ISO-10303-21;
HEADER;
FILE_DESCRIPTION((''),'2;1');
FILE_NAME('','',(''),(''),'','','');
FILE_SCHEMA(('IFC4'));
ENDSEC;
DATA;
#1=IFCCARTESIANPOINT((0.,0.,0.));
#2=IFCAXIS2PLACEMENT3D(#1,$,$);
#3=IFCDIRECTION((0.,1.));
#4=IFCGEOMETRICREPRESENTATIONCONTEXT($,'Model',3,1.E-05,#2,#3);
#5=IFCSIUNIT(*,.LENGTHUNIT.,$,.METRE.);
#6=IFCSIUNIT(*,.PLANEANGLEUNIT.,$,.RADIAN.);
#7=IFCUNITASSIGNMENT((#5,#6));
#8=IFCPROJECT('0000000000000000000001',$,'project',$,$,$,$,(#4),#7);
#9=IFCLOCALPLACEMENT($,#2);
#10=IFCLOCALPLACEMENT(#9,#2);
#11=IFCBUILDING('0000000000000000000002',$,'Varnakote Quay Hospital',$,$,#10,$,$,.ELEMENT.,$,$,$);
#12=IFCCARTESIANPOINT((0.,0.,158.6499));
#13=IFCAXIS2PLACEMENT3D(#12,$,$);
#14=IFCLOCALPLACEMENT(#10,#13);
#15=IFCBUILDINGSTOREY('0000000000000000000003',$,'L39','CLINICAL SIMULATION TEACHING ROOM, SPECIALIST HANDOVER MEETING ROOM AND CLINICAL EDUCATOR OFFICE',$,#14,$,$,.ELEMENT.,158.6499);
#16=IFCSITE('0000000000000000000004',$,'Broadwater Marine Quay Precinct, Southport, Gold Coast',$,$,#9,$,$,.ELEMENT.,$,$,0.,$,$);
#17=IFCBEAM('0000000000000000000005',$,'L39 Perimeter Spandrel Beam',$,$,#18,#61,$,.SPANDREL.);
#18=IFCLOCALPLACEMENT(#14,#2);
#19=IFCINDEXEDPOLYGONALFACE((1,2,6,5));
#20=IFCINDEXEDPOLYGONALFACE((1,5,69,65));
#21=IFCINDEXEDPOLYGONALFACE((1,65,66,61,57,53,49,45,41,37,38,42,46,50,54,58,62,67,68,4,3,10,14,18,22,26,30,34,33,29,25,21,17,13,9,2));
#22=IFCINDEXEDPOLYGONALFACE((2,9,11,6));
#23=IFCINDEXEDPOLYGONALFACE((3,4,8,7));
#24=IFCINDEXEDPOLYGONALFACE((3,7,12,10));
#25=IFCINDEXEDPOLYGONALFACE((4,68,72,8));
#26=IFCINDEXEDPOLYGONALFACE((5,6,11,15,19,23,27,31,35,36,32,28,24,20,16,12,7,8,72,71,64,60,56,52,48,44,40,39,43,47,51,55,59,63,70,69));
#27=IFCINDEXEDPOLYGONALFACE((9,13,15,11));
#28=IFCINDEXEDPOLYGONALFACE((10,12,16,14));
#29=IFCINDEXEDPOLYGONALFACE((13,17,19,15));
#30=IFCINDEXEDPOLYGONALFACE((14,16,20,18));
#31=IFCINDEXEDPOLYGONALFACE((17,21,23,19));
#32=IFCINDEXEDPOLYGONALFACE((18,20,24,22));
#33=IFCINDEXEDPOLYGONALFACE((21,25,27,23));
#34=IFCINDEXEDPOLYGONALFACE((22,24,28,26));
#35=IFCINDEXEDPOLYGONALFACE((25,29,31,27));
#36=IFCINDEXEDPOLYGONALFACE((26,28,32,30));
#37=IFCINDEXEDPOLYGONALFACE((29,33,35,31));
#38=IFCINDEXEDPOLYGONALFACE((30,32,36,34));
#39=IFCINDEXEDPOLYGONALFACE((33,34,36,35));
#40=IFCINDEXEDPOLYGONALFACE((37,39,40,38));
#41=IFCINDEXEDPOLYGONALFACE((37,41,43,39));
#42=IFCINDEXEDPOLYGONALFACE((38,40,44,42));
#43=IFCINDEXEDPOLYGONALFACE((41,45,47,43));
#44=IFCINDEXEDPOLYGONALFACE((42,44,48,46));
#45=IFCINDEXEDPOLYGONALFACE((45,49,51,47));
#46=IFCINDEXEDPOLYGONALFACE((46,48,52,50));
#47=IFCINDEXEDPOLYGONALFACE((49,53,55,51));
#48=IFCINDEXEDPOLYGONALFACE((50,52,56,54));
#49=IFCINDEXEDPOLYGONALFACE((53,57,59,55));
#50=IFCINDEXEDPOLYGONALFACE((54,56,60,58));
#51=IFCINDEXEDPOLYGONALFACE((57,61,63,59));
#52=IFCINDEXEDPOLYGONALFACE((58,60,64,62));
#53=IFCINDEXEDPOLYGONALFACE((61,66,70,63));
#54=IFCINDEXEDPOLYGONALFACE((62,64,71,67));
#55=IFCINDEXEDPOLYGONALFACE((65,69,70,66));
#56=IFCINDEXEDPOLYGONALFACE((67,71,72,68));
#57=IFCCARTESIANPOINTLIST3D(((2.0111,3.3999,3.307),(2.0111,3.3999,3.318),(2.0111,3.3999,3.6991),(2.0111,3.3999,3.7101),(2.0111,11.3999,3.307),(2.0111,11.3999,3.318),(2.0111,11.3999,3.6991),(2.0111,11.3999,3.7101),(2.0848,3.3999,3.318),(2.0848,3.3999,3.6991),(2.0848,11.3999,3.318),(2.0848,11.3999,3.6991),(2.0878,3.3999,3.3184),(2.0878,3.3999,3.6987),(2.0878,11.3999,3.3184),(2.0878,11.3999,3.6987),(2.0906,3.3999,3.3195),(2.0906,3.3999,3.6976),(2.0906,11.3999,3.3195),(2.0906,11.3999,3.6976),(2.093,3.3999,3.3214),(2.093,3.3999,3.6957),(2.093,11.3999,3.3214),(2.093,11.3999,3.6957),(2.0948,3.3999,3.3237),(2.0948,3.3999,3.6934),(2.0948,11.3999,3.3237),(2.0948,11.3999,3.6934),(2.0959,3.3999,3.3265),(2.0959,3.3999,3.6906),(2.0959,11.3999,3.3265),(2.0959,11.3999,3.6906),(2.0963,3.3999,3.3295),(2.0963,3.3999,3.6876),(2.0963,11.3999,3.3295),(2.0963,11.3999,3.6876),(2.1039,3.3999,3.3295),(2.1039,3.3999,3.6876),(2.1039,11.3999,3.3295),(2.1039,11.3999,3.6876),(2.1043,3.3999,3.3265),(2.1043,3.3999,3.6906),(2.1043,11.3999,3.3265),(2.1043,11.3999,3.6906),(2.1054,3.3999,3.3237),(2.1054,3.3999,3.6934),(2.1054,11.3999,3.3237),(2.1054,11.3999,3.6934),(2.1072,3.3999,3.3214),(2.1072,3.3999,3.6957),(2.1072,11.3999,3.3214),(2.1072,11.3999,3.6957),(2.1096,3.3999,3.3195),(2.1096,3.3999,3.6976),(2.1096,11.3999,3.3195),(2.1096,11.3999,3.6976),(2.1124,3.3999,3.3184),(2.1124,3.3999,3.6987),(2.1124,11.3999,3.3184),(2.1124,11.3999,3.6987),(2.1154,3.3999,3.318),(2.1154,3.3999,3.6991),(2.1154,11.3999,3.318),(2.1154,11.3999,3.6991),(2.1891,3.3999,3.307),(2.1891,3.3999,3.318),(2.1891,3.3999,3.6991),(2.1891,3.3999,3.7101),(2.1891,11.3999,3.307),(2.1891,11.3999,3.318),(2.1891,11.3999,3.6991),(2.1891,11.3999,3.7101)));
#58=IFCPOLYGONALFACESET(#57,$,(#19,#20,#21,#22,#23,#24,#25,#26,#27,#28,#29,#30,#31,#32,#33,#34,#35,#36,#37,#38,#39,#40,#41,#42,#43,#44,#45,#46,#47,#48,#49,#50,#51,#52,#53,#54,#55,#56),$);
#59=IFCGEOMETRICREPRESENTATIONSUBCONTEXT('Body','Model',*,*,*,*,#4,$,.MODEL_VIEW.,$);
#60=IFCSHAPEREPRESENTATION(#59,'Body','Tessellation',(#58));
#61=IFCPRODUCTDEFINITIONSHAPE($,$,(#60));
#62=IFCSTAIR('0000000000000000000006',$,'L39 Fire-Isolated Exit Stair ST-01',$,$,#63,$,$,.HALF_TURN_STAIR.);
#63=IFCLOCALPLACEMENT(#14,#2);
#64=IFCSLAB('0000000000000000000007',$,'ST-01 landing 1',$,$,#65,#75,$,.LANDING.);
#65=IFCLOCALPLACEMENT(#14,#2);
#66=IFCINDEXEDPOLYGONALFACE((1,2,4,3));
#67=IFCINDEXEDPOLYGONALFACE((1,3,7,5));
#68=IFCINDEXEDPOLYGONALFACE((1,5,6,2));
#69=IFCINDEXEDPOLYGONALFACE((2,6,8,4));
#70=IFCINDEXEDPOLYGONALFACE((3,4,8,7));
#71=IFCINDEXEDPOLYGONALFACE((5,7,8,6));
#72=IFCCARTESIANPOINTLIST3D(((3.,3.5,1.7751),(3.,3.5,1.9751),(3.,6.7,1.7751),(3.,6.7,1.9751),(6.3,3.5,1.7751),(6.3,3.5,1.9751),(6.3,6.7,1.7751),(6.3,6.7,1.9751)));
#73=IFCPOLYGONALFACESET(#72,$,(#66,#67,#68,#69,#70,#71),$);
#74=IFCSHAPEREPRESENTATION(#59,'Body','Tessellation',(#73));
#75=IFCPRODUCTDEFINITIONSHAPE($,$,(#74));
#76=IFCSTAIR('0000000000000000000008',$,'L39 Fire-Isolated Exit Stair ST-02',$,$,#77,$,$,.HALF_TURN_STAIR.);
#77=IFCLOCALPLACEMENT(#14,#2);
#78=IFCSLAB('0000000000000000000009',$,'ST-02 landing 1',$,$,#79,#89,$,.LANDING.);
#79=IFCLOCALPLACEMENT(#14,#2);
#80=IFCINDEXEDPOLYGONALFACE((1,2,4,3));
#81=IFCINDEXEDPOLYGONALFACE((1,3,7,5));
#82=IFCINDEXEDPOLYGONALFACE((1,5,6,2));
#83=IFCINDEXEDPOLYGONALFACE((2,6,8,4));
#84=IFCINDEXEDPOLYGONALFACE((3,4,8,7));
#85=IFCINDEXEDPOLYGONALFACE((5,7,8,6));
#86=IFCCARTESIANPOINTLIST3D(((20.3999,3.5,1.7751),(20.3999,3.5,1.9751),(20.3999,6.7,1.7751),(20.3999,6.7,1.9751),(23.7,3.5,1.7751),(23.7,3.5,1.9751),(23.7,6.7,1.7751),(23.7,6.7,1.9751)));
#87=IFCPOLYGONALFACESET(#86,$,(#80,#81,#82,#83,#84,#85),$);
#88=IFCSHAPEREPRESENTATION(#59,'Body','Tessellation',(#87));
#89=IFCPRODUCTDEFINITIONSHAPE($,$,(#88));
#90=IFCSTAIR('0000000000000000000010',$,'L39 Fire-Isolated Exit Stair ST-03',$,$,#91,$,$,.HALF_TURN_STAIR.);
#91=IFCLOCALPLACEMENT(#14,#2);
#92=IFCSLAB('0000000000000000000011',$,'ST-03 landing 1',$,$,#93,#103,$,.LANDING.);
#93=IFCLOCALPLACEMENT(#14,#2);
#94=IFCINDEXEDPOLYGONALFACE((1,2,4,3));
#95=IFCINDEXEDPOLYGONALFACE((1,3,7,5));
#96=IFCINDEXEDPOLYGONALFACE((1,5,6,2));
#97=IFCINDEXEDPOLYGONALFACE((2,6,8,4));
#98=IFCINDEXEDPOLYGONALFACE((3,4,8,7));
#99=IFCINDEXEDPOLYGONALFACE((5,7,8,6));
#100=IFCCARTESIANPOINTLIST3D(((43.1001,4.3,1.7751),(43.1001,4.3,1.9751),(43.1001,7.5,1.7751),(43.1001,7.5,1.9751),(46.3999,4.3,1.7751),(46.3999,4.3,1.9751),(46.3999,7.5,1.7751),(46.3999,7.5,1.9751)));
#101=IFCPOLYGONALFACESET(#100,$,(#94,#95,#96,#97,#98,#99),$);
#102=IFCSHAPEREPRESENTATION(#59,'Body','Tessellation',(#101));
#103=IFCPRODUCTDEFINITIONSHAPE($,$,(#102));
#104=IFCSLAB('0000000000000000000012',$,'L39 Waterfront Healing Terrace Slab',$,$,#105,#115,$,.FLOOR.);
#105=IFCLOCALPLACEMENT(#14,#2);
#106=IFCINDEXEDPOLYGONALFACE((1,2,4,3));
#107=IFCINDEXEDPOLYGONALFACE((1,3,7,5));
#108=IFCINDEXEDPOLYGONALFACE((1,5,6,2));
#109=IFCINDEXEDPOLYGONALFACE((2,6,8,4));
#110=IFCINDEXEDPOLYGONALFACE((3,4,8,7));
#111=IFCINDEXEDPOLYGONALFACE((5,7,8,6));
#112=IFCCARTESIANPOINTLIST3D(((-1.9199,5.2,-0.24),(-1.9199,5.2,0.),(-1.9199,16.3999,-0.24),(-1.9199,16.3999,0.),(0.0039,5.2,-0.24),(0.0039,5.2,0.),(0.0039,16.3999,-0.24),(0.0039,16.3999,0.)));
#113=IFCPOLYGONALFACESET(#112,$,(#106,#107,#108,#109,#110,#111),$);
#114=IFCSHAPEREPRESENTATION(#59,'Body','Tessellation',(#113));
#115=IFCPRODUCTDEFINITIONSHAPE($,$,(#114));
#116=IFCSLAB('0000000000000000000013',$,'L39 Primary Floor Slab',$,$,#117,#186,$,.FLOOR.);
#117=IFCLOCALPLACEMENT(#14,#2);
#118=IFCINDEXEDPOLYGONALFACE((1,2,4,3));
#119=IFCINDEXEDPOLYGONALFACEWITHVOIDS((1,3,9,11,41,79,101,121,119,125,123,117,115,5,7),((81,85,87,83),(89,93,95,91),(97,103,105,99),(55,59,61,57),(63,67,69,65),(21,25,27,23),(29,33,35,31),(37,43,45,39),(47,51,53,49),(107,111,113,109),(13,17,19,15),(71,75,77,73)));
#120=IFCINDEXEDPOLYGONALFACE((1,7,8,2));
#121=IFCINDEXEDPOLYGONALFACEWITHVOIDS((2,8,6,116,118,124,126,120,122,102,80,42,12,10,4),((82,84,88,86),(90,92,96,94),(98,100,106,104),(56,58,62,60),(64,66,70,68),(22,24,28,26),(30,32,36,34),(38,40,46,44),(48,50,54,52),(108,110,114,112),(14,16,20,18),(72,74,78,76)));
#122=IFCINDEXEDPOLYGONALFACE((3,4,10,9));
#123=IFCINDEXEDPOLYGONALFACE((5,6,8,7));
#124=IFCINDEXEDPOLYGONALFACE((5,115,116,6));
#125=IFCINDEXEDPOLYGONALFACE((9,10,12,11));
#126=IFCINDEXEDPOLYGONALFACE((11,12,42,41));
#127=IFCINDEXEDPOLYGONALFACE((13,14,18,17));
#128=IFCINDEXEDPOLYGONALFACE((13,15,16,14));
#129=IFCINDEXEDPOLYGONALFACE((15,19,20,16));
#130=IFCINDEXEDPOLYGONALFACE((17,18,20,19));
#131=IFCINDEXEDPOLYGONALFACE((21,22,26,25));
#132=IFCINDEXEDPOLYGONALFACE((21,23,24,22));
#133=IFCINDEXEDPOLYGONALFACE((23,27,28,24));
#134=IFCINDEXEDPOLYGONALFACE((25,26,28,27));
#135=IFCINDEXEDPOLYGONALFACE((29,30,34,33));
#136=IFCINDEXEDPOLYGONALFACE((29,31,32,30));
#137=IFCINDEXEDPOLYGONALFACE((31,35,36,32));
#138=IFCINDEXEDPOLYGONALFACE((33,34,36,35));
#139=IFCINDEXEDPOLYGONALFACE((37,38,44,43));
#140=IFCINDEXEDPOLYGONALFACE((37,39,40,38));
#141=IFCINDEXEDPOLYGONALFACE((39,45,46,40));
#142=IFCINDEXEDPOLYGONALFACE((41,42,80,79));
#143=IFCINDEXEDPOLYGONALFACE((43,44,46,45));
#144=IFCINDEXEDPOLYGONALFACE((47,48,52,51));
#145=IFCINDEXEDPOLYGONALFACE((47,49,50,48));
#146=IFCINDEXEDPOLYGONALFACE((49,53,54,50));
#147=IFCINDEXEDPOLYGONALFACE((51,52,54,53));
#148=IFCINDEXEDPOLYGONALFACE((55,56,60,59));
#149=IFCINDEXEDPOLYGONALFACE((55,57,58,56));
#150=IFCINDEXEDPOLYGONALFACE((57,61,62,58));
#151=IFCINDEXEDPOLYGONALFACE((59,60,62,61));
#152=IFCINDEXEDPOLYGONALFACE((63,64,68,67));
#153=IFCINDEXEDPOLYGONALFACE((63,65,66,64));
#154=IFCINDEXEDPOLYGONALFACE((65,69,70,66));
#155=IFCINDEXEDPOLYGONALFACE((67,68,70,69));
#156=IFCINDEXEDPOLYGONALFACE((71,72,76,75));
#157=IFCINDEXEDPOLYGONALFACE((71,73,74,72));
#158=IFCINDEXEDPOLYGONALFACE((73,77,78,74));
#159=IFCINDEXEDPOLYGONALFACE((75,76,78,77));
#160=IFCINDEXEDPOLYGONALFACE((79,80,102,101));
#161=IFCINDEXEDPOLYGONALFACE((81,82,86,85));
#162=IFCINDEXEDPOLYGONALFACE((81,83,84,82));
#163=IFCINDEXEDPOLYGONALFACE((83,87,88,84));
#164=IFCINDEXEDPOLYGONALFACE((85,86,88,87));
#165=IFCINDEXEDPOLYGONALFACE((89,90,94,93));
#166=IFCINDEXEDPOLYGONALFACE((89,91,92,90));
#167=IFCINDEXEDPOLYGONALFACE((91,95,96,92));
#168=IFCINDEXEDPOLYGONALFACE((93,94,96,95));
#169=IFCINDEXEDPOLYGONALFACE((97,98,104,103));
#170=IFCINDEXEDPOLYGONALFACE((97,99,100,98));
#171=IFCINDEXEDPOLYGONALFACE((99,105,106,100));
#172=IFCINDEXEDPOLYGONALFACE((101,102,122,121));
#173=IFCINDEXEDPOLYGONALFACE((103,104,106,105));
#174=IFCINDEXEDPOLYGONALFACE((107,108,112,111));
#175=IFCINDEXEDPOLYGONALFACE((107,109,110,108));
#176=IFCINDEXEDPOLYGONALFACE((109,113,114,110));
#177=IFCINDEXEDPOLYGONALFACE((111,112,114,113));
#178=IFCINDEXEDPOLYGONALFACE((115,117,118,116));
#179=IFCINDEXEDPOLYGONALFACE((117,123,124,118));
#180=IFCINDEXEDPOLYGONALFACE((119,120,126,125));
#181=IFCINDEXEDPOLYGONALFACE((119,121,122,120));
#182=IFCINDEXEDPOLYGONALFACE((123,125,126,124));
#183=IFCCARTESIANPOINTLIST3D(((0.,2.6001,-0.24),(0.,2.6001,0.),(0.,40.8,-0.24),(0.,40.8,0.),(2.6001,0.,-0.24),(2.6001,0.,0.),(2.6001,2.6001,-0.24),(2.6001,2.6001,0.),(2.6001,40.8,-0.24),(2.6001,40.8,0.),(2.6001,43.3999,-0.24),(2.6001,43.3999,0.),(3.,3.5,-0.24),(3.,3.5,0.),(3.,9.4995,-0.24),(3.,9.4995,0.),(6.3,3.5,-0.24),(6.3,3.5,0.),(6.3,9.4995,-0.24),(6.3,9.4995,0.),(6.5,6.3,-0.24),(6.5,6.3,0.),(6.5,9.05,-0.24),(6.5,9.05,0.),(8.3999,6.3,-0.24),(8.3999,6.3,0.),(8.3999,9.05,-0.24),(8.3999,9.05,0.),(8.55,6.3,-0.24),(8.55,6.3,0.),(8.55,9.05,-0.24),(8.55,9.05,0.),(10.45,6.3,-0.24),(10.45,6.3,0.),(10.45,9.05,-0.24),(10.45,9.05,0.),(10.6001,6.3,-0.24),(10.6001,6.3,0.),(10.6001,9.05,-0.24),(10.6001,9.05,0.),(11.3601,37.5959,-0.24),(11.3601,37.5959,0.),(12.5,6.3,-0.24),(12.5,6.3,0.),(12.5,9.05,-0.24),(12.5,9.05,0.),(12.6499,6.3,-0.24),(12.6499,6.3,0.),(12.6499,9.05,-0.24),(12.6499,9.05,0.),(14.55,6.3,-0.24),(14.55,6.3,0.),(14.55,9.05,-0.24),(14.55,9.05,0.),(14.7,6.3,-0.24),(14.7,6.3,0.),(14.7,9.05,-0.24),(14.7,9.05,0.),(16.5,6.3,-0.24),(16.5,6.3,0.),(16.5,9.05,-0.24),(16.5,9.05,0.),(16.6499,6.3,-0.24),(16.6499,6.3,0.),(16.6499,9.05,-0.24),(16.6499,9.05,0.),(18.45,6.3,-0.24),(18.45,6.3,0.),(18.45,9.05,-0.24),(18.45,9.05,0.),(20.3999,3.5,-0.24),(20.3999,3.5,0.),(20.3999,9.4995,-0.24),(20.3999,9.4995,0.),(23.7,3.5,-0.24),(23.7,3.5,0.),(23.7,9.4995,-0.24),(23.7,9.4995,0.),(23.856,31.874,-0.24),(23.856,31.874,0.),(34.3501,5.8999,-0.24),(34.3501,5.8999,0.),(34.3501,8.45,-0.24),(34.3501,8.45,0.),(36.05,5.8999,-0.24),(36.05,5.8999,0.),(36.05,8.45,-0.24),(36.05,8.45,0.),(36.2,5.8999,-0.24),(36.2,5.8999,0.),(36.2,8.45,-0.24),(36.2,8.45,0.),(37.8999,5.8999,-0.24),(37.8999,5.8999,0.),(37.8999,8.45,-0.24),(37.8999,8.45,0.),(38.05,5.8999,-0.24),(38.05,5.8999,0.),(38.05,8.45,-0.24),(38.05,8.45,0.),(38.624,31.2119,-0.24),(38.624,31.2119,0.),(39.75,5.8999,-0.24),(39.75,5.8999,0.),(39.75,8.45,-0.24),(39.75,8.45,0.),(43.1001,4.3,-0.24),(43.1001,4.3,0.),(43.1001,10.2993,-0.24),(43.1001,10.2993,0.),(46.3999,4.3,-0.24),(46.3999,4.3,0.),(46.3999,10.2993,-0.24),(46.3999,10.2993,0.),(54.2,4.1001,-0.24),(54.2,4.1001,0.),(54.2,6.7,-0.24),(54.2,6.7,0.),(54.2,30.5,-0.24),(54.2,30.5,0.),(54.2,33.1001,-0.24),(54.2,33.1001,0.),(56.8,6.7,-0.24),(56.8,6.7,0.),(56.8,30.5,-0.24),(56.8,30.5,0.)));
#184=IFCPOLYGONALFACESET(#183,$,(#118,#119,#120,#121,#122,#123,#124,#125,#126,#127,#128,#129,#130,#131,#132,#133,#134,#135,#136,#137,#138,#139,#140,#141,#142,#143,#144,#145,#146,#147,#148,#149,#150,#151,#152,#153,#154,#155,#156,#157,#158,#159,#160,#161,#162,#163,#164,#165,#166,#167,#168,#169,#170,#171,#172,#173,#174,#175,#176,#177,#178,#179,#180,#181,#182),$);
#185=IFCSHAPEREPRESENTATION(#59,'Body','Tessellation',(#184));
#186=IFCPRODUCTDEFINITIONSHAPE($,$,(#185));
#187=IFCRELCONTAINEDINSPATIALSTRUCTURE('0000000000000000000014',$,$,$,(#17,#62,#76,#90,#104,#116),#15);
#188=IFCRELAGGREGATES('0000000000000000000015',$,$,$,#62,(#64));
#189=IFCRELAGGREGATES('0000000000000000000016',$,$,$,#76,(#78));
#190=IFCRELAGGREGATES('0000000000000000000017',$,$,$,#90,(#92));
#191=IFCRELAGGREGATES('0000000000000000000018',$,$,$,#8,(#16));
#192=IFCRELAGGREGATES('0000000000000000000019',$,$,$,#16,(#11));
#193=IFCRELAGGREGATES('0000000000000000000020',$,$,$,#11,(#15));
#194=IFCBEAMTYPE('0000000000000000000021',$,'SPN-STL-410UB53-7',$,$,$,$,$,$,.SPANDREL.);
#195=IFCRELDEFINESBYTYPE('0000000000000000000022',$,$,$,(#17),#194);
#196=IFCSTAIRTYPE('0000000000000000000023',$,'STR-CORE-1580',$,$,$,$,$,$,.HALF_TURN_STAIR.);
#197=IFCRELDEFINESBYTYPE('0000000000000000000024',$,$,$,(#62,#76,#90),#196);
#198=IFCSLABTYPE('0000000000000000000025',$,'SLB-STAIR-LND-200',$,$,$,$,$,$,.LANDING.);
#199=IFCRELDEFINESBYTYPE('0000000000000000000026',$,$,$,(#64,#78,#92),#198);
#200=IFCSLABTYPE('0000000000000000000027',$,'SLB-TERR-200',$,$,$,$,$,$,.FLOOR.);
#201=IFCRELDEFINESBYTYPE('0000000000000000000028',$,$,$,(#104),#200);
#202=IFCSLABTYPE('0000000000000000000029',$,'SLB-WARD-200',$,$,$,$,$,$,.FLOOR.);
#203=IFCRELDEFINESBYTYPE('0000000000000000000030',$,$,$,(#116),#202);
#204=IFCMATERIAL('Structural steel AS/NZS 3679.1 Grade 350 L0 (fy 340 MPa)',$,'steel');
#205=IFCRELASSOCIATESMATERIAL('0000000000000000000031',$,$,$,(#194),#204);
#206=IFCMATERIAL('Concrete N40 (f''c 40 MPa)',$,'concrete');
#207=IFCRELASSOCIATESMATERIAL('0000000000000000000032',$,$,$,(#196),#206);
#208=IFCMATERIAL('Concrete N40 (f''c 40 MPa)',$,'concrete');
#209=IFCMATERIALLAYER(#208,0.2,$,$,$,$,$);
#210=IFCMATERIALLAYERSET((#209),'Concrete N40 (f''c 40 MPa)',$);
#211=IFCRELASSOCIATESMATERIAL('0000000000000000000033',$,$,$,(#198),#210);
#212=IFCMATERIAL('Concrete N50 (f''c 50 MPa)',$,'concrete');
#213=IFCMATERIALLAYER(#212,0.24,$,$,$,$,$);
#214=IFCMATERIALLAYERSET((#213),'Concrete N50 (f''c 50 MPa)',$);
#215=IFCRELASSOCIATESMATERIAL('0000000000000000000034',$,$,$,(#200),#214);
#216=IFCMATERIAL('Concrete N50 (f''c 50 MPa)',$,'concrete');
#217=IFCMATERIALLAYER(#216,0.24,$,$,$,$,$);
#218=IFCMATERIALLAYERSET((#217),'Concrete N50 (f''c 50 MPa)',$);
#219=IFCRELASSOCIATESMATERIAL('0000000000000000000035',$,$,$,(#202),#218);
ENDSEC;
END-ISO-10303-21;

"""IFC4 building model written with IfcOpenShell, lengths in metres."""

from ifc_helpers import new_model, si_unit, direction, frame, origin, origin_2d, place, context, subcontext, project, spatial, polyline, i_section, outline, extrude, material, layer, layer_set, material_profile, profile_set, type_object, element, aggregate, save


model = new_model("IFC4")

# Units and contexts
model_context = context("Model", 3, precision=1e-05, world=origin(), true_north=direction((0.0, 1.0)))
body_context = subcontext(model_context, "Body", "Model", "MODEL_VIEW")
ifc_project = project(units=[si_unit("LENGTHUNIT", "METRE"), si_unit("PLANEANGLEUNIT", "RADIAN")], contexts=[model_context])

# Site, building, storey
site_placement = place(None, origin())
site = spatial("IfcSite", under=ifc_project, at=site_placement, Name="Broadwater Marine Quay Precinct, Southport, Gold Coast", CompositionType="ELEMENT", RefElevation=0.0)
building_placement = place(site_placement, origin())
building = spatial("IfcBuilding", under=site, at=building_placement, Name="Varnakote Quay Hospital", CompositionType="ELEMENT")
storey_placement = place(building_placement, frame((0.0, 0.0, 158.6499)))
storey = spatial("IfcBuildingStorey", under=building, at=storey_placement, Name="L39", Description="CLINICAL SIMULATION TEACHING ROOM, SPECIALIST HANDOVER MEETING ROOM AND CLINICAL EDUCATOR OFFICE", CompositionType="ELEMENT", Elevation=158.6499)

# Beam
ifc_material_1 = material(Name="Structural steel AS/NZS 3679.1 Grade 350 L0 (fy 340 MPa)", Category="steel")
ifc_material_profile_1 = material_profile(ifc_material_1, i_section(OverallWidth=0.178, OverallDepth=0.4031, WebThickness=0.0076, FlangeThickness=0.011, FilletRadius=0.0115, at=origin_2d()), Name="410UB53.7")
ifc_profile_set_1 = profile_set([ifc_material_profile_1], Name="Structural steel AS/NZS 3679.1 Grade 350 L0 (fy 340 MPa)")
beam_type_1 = type_object("IfcBeamType", Name="SPN-STL-410UB53-7", PredefinedType="SPANDREL", material=ifc_profile_set_1)
beam_1_placement = place(storey_placement, frame((2.1001, 3.3999, 3.5085), z_axis=(0.0, 1.0, 0.0), x_axis=(-1.0, 0.0, 0.0)))
element("IfcBeam", 1, at=beam_1_placement, inside=storey, type_object=beam_type_1, Name="L39 Perimeter Spandrel Beam", PredefinedType="SPANDREL", context=body_context, shape_type="SweptSolid", body=[
    extrude(i_section(OverallWidth=0.178, OverallDepth=0.4031, WebThickness=0.0076, FlangeThickness=0.011, FilletRadius=0.0115, at=origin_2d()), origin(), (0.0, 0.0, 1.0), 8.0),
])

# Stairs, slabs
ifc_material_2 = material(Name="Concrete N40 (f'c 40 MPa)", Category="concrete")
stair_type = type_object("IfcStairType", Name="STR-CORE-1580", PredefinedType="HALF_TURN_STAIR", material=ifc_material_2)
stair_1_placement = place(storey_placement, origin())
stair_1 = element("IfcStair", 2, at=stair_1_placement, inside=storey, type_object=stair_type, Name="L39 Fire-Isolated Exit Stair ST-01", PredefinedType="HALF_TURN_STAIR")
ifc_material_3 = material(Name="Concrete N40 (f'c 40 MPa)", Category="concrete")
ifc_layer_1 = layer(ifc_material_3, 0.2)
ifc_layer_set_1 = layer_set([ifc_layer_1], Name="Concrete N40 (f'c 40 MPa)")
slab_type_1 = type_object("IfcSlabType", Name="SLB-STAIR-LND-200", PredefinedType="LANDING", material=ifc_layer_set_1)
slab_1_placement = place(storey_placement, frame((0.0, 0.0, 1.7751)))
slab_1 = element("IfcSlab", 3, at=slab_1_placement, type_object=slab_type_1, Name="ST-01 landing 1", PredefinedType="LANDING", context=body_context, shape_type="SweptSolid", body=[
    extrude(outline(polyline([(3.0, 6.7), (3.0, 3.5), (6.3, 3.5), (6.3, 6.7), (3.0, 6.7)])), origin(), (0.0, 0.0, 1.0), 0.2),
])
aggregate(stair_1, [slab_1])
stair_2_placement = place(storey_placement, origin())
stair_2 = element("IfcStair", 4, at=stair_2_placement, inside=storey, type_object=stair_type, Name="L39 Fire-Isolated Exit Stair ST-02", PredefinedType="HALF_TURN_STAIR")
slab_2_placement = place(storey_placement, frame((0.0, 0.0, 1.7751)))
slab_2 = element("IfcSlab", 5, at=slab_2_placement, type_object=slab_type_1, Name="ST-02 landing 1", PredefinedType="LANDING", context=body_context, shape_type="SweptSolid", body=[
    extrude(outline(polyline([(20.3999, 6.7), (20.3999, 3.5), (23.7, 3.5), (23.7, 6.7), (20.3999, 6.7)])), origin(), (0.0, 0.0, 1.0), 0.2),
])
aggregate(stair_2, [slab_2])
stair_3_placement = place(storey_placement, origin())
stair_3 = element("IfcStair", 6, at=stair_3_placement, inside=storey, type_object=stair_type, Name="L39 Fire-Isolated Exit Stair ST-03", PredefinedType="HALF_TURN_STAIR")
slab_3_placement = place(storey_placement, frame((0.0, 0.0, 1.7751)))
slab_3 = element("IfcSlab", 7, at=slab_3_placement, type_object=slab_type_1, Name="ST-03 landing 1", PredefinedType="LANDING", context=body_context, shape_type="SweptSolid", body=[
    extrude(outline(polyline([(43.1001, 7.5), (43.1001, 4.3), (46.3999, 4.3), (46.3999, 7.5), (43.1001, 7.5)])), origin(), (0.0, 0.0, 1.0), 0.2),
])
aggregate(stair_3, [slab_3])

# Slabs
ifc_material_4 = material(Name="Concrete N50 (f'c 50 MPa)", Category="concrete")
ifc_layer_2 = layer(ifc_material_4, 0.24)
ifc_layer_set_2 = layer_set([ifc_layer_2], Name="Concrete N50 (f'c 50 MPa)")
slab_type_2 = type_object("IfcSlabType", Name="SLB-TERR-200", PredefinedType="FLOOR", material=ifc_layer_set_2)
slab_4_placement = place(storey_placement, frame((0.0, 0.0, -0.24)))
element("IfcSlab", 8, at=slab_4_placement, inside=storey, type_object=slab_type_2, Name="L39 Waterfront Healing Terrace Slab", PredefinedType="FLOOR", context=body_context, shape_type="SweptSolid", body=[
    extrude(outline(polyline([(0.0039, 5.2), (0.0039, 16.3999), (-1.9199, 16.3999), (-1.9199, 5.2), (0.0039, 5.2)])), origin(), (0.0, 0.0, 1.0), 0.24),
])
ifc_material_5 = material(Name="Concrete N50 (f'c 50 MPa)", Category="concrete")
ifc_layer_3 = layer(ifc_material_5, 0.24)
ifc_layer_set_3 = layer_set([ifc_layer_3], Name="Concrete N50 (f'c 50 MPa)")
slab_type_3 = type_object("IfcSlabType", Name="SLB-WARD-200", PredefinedType="FLOOR", material=ifc_layer_set_3)
slab_5_placement = place(storey_placement, frame((0.0, 0.0, -0.24)))
element("IfcSlab", 9, at=slab_5_placement, inside=storey, type_object=slab_type_3, Name="L39 Primary Floor Slab", PredefinedType="FLOOR", context=body_context, shape_type="SweptSolid", body=[
    extrude(outline(polyline([(0.0, 2.6001), (2.6001, 2.6001), (2.6001, 0.0), (54.2, 4.1001), (54.2, 6.7), (56.8, 6.7), (56.8, 30.5), (54.2, 30.5), (54.2, 33.1001), (38.624, 31.2119), (23.856, 31.874), (11.3601, 37.5959), (2.6001, 43.3999), (2.6001, 40.8), (0.0, 40.8), (0.0, 2.6001)]), holes=[polyline([(3.0, 3.5), (6.3, 3.5), (6.3, 9.4995), (3.0, 9.4995), (3.0, 3.5)]), polyline([(20.3999, 3.5), (23.7, 3.5), (23.7, 9.4995), (20.3999, 9.4995), (20.3999, 3.5)]), polyline([(43.1001, 4.3), (46.3999, 4.3), (46.3999, 10.2993), (43.1001, 10.2993), (43.1001, 4.3)]), polyline([(6.5, 6.3), (8.3999, 6.3), (8.3999, 9.05), (6.5, 9.05), (6.5, 6.3)]), polyline([(8.55, 6.3), (10.45, 6.3), (10.45, 9.05), (8.55, 9.05), (8.55, 6.3)]), polyline([(10.6001, 6.3), (12.5, 6.3), (12.5, 9.05), (10.6001, 9.05), (10.6001, 6.3)]), polyline([(12.6499, 6.3), (14.55, 6.3), (14.55, 9.05), (12.6499, 9.05), (12.6499, 6.3)]), polyline([(14.7, 6.3), (16.5, 6.3), (16.5, 9.05), (14.7, 9.05), (14.7, 6.3)]), polyline([(16.6499, 6.3), (18.45, 6.3), (18.45, 9.05), (16.6499, 9.05), (16.6499, 6.3)]), polyline([(34.3501, 5.8999), (36.05, 5.8999), (36.05, 8.45), (34.3501, 8.45), (34.3501, 5.8999)]), polyline([(36.2, 5.8999), (37.8999, 5.8999), (37.8999, 8.45), (36.2, 8.45), (36.2, 5.8999)]), polyline([(38.05, 5.8999), (39.75, 5.8999), (39.75, 8.45), (38.05, 8.45), (38.05, 5.8999)])]), origin(), (0.0, 0.0, 1.0), 0.24),
])

save(model, "model.ifc")
